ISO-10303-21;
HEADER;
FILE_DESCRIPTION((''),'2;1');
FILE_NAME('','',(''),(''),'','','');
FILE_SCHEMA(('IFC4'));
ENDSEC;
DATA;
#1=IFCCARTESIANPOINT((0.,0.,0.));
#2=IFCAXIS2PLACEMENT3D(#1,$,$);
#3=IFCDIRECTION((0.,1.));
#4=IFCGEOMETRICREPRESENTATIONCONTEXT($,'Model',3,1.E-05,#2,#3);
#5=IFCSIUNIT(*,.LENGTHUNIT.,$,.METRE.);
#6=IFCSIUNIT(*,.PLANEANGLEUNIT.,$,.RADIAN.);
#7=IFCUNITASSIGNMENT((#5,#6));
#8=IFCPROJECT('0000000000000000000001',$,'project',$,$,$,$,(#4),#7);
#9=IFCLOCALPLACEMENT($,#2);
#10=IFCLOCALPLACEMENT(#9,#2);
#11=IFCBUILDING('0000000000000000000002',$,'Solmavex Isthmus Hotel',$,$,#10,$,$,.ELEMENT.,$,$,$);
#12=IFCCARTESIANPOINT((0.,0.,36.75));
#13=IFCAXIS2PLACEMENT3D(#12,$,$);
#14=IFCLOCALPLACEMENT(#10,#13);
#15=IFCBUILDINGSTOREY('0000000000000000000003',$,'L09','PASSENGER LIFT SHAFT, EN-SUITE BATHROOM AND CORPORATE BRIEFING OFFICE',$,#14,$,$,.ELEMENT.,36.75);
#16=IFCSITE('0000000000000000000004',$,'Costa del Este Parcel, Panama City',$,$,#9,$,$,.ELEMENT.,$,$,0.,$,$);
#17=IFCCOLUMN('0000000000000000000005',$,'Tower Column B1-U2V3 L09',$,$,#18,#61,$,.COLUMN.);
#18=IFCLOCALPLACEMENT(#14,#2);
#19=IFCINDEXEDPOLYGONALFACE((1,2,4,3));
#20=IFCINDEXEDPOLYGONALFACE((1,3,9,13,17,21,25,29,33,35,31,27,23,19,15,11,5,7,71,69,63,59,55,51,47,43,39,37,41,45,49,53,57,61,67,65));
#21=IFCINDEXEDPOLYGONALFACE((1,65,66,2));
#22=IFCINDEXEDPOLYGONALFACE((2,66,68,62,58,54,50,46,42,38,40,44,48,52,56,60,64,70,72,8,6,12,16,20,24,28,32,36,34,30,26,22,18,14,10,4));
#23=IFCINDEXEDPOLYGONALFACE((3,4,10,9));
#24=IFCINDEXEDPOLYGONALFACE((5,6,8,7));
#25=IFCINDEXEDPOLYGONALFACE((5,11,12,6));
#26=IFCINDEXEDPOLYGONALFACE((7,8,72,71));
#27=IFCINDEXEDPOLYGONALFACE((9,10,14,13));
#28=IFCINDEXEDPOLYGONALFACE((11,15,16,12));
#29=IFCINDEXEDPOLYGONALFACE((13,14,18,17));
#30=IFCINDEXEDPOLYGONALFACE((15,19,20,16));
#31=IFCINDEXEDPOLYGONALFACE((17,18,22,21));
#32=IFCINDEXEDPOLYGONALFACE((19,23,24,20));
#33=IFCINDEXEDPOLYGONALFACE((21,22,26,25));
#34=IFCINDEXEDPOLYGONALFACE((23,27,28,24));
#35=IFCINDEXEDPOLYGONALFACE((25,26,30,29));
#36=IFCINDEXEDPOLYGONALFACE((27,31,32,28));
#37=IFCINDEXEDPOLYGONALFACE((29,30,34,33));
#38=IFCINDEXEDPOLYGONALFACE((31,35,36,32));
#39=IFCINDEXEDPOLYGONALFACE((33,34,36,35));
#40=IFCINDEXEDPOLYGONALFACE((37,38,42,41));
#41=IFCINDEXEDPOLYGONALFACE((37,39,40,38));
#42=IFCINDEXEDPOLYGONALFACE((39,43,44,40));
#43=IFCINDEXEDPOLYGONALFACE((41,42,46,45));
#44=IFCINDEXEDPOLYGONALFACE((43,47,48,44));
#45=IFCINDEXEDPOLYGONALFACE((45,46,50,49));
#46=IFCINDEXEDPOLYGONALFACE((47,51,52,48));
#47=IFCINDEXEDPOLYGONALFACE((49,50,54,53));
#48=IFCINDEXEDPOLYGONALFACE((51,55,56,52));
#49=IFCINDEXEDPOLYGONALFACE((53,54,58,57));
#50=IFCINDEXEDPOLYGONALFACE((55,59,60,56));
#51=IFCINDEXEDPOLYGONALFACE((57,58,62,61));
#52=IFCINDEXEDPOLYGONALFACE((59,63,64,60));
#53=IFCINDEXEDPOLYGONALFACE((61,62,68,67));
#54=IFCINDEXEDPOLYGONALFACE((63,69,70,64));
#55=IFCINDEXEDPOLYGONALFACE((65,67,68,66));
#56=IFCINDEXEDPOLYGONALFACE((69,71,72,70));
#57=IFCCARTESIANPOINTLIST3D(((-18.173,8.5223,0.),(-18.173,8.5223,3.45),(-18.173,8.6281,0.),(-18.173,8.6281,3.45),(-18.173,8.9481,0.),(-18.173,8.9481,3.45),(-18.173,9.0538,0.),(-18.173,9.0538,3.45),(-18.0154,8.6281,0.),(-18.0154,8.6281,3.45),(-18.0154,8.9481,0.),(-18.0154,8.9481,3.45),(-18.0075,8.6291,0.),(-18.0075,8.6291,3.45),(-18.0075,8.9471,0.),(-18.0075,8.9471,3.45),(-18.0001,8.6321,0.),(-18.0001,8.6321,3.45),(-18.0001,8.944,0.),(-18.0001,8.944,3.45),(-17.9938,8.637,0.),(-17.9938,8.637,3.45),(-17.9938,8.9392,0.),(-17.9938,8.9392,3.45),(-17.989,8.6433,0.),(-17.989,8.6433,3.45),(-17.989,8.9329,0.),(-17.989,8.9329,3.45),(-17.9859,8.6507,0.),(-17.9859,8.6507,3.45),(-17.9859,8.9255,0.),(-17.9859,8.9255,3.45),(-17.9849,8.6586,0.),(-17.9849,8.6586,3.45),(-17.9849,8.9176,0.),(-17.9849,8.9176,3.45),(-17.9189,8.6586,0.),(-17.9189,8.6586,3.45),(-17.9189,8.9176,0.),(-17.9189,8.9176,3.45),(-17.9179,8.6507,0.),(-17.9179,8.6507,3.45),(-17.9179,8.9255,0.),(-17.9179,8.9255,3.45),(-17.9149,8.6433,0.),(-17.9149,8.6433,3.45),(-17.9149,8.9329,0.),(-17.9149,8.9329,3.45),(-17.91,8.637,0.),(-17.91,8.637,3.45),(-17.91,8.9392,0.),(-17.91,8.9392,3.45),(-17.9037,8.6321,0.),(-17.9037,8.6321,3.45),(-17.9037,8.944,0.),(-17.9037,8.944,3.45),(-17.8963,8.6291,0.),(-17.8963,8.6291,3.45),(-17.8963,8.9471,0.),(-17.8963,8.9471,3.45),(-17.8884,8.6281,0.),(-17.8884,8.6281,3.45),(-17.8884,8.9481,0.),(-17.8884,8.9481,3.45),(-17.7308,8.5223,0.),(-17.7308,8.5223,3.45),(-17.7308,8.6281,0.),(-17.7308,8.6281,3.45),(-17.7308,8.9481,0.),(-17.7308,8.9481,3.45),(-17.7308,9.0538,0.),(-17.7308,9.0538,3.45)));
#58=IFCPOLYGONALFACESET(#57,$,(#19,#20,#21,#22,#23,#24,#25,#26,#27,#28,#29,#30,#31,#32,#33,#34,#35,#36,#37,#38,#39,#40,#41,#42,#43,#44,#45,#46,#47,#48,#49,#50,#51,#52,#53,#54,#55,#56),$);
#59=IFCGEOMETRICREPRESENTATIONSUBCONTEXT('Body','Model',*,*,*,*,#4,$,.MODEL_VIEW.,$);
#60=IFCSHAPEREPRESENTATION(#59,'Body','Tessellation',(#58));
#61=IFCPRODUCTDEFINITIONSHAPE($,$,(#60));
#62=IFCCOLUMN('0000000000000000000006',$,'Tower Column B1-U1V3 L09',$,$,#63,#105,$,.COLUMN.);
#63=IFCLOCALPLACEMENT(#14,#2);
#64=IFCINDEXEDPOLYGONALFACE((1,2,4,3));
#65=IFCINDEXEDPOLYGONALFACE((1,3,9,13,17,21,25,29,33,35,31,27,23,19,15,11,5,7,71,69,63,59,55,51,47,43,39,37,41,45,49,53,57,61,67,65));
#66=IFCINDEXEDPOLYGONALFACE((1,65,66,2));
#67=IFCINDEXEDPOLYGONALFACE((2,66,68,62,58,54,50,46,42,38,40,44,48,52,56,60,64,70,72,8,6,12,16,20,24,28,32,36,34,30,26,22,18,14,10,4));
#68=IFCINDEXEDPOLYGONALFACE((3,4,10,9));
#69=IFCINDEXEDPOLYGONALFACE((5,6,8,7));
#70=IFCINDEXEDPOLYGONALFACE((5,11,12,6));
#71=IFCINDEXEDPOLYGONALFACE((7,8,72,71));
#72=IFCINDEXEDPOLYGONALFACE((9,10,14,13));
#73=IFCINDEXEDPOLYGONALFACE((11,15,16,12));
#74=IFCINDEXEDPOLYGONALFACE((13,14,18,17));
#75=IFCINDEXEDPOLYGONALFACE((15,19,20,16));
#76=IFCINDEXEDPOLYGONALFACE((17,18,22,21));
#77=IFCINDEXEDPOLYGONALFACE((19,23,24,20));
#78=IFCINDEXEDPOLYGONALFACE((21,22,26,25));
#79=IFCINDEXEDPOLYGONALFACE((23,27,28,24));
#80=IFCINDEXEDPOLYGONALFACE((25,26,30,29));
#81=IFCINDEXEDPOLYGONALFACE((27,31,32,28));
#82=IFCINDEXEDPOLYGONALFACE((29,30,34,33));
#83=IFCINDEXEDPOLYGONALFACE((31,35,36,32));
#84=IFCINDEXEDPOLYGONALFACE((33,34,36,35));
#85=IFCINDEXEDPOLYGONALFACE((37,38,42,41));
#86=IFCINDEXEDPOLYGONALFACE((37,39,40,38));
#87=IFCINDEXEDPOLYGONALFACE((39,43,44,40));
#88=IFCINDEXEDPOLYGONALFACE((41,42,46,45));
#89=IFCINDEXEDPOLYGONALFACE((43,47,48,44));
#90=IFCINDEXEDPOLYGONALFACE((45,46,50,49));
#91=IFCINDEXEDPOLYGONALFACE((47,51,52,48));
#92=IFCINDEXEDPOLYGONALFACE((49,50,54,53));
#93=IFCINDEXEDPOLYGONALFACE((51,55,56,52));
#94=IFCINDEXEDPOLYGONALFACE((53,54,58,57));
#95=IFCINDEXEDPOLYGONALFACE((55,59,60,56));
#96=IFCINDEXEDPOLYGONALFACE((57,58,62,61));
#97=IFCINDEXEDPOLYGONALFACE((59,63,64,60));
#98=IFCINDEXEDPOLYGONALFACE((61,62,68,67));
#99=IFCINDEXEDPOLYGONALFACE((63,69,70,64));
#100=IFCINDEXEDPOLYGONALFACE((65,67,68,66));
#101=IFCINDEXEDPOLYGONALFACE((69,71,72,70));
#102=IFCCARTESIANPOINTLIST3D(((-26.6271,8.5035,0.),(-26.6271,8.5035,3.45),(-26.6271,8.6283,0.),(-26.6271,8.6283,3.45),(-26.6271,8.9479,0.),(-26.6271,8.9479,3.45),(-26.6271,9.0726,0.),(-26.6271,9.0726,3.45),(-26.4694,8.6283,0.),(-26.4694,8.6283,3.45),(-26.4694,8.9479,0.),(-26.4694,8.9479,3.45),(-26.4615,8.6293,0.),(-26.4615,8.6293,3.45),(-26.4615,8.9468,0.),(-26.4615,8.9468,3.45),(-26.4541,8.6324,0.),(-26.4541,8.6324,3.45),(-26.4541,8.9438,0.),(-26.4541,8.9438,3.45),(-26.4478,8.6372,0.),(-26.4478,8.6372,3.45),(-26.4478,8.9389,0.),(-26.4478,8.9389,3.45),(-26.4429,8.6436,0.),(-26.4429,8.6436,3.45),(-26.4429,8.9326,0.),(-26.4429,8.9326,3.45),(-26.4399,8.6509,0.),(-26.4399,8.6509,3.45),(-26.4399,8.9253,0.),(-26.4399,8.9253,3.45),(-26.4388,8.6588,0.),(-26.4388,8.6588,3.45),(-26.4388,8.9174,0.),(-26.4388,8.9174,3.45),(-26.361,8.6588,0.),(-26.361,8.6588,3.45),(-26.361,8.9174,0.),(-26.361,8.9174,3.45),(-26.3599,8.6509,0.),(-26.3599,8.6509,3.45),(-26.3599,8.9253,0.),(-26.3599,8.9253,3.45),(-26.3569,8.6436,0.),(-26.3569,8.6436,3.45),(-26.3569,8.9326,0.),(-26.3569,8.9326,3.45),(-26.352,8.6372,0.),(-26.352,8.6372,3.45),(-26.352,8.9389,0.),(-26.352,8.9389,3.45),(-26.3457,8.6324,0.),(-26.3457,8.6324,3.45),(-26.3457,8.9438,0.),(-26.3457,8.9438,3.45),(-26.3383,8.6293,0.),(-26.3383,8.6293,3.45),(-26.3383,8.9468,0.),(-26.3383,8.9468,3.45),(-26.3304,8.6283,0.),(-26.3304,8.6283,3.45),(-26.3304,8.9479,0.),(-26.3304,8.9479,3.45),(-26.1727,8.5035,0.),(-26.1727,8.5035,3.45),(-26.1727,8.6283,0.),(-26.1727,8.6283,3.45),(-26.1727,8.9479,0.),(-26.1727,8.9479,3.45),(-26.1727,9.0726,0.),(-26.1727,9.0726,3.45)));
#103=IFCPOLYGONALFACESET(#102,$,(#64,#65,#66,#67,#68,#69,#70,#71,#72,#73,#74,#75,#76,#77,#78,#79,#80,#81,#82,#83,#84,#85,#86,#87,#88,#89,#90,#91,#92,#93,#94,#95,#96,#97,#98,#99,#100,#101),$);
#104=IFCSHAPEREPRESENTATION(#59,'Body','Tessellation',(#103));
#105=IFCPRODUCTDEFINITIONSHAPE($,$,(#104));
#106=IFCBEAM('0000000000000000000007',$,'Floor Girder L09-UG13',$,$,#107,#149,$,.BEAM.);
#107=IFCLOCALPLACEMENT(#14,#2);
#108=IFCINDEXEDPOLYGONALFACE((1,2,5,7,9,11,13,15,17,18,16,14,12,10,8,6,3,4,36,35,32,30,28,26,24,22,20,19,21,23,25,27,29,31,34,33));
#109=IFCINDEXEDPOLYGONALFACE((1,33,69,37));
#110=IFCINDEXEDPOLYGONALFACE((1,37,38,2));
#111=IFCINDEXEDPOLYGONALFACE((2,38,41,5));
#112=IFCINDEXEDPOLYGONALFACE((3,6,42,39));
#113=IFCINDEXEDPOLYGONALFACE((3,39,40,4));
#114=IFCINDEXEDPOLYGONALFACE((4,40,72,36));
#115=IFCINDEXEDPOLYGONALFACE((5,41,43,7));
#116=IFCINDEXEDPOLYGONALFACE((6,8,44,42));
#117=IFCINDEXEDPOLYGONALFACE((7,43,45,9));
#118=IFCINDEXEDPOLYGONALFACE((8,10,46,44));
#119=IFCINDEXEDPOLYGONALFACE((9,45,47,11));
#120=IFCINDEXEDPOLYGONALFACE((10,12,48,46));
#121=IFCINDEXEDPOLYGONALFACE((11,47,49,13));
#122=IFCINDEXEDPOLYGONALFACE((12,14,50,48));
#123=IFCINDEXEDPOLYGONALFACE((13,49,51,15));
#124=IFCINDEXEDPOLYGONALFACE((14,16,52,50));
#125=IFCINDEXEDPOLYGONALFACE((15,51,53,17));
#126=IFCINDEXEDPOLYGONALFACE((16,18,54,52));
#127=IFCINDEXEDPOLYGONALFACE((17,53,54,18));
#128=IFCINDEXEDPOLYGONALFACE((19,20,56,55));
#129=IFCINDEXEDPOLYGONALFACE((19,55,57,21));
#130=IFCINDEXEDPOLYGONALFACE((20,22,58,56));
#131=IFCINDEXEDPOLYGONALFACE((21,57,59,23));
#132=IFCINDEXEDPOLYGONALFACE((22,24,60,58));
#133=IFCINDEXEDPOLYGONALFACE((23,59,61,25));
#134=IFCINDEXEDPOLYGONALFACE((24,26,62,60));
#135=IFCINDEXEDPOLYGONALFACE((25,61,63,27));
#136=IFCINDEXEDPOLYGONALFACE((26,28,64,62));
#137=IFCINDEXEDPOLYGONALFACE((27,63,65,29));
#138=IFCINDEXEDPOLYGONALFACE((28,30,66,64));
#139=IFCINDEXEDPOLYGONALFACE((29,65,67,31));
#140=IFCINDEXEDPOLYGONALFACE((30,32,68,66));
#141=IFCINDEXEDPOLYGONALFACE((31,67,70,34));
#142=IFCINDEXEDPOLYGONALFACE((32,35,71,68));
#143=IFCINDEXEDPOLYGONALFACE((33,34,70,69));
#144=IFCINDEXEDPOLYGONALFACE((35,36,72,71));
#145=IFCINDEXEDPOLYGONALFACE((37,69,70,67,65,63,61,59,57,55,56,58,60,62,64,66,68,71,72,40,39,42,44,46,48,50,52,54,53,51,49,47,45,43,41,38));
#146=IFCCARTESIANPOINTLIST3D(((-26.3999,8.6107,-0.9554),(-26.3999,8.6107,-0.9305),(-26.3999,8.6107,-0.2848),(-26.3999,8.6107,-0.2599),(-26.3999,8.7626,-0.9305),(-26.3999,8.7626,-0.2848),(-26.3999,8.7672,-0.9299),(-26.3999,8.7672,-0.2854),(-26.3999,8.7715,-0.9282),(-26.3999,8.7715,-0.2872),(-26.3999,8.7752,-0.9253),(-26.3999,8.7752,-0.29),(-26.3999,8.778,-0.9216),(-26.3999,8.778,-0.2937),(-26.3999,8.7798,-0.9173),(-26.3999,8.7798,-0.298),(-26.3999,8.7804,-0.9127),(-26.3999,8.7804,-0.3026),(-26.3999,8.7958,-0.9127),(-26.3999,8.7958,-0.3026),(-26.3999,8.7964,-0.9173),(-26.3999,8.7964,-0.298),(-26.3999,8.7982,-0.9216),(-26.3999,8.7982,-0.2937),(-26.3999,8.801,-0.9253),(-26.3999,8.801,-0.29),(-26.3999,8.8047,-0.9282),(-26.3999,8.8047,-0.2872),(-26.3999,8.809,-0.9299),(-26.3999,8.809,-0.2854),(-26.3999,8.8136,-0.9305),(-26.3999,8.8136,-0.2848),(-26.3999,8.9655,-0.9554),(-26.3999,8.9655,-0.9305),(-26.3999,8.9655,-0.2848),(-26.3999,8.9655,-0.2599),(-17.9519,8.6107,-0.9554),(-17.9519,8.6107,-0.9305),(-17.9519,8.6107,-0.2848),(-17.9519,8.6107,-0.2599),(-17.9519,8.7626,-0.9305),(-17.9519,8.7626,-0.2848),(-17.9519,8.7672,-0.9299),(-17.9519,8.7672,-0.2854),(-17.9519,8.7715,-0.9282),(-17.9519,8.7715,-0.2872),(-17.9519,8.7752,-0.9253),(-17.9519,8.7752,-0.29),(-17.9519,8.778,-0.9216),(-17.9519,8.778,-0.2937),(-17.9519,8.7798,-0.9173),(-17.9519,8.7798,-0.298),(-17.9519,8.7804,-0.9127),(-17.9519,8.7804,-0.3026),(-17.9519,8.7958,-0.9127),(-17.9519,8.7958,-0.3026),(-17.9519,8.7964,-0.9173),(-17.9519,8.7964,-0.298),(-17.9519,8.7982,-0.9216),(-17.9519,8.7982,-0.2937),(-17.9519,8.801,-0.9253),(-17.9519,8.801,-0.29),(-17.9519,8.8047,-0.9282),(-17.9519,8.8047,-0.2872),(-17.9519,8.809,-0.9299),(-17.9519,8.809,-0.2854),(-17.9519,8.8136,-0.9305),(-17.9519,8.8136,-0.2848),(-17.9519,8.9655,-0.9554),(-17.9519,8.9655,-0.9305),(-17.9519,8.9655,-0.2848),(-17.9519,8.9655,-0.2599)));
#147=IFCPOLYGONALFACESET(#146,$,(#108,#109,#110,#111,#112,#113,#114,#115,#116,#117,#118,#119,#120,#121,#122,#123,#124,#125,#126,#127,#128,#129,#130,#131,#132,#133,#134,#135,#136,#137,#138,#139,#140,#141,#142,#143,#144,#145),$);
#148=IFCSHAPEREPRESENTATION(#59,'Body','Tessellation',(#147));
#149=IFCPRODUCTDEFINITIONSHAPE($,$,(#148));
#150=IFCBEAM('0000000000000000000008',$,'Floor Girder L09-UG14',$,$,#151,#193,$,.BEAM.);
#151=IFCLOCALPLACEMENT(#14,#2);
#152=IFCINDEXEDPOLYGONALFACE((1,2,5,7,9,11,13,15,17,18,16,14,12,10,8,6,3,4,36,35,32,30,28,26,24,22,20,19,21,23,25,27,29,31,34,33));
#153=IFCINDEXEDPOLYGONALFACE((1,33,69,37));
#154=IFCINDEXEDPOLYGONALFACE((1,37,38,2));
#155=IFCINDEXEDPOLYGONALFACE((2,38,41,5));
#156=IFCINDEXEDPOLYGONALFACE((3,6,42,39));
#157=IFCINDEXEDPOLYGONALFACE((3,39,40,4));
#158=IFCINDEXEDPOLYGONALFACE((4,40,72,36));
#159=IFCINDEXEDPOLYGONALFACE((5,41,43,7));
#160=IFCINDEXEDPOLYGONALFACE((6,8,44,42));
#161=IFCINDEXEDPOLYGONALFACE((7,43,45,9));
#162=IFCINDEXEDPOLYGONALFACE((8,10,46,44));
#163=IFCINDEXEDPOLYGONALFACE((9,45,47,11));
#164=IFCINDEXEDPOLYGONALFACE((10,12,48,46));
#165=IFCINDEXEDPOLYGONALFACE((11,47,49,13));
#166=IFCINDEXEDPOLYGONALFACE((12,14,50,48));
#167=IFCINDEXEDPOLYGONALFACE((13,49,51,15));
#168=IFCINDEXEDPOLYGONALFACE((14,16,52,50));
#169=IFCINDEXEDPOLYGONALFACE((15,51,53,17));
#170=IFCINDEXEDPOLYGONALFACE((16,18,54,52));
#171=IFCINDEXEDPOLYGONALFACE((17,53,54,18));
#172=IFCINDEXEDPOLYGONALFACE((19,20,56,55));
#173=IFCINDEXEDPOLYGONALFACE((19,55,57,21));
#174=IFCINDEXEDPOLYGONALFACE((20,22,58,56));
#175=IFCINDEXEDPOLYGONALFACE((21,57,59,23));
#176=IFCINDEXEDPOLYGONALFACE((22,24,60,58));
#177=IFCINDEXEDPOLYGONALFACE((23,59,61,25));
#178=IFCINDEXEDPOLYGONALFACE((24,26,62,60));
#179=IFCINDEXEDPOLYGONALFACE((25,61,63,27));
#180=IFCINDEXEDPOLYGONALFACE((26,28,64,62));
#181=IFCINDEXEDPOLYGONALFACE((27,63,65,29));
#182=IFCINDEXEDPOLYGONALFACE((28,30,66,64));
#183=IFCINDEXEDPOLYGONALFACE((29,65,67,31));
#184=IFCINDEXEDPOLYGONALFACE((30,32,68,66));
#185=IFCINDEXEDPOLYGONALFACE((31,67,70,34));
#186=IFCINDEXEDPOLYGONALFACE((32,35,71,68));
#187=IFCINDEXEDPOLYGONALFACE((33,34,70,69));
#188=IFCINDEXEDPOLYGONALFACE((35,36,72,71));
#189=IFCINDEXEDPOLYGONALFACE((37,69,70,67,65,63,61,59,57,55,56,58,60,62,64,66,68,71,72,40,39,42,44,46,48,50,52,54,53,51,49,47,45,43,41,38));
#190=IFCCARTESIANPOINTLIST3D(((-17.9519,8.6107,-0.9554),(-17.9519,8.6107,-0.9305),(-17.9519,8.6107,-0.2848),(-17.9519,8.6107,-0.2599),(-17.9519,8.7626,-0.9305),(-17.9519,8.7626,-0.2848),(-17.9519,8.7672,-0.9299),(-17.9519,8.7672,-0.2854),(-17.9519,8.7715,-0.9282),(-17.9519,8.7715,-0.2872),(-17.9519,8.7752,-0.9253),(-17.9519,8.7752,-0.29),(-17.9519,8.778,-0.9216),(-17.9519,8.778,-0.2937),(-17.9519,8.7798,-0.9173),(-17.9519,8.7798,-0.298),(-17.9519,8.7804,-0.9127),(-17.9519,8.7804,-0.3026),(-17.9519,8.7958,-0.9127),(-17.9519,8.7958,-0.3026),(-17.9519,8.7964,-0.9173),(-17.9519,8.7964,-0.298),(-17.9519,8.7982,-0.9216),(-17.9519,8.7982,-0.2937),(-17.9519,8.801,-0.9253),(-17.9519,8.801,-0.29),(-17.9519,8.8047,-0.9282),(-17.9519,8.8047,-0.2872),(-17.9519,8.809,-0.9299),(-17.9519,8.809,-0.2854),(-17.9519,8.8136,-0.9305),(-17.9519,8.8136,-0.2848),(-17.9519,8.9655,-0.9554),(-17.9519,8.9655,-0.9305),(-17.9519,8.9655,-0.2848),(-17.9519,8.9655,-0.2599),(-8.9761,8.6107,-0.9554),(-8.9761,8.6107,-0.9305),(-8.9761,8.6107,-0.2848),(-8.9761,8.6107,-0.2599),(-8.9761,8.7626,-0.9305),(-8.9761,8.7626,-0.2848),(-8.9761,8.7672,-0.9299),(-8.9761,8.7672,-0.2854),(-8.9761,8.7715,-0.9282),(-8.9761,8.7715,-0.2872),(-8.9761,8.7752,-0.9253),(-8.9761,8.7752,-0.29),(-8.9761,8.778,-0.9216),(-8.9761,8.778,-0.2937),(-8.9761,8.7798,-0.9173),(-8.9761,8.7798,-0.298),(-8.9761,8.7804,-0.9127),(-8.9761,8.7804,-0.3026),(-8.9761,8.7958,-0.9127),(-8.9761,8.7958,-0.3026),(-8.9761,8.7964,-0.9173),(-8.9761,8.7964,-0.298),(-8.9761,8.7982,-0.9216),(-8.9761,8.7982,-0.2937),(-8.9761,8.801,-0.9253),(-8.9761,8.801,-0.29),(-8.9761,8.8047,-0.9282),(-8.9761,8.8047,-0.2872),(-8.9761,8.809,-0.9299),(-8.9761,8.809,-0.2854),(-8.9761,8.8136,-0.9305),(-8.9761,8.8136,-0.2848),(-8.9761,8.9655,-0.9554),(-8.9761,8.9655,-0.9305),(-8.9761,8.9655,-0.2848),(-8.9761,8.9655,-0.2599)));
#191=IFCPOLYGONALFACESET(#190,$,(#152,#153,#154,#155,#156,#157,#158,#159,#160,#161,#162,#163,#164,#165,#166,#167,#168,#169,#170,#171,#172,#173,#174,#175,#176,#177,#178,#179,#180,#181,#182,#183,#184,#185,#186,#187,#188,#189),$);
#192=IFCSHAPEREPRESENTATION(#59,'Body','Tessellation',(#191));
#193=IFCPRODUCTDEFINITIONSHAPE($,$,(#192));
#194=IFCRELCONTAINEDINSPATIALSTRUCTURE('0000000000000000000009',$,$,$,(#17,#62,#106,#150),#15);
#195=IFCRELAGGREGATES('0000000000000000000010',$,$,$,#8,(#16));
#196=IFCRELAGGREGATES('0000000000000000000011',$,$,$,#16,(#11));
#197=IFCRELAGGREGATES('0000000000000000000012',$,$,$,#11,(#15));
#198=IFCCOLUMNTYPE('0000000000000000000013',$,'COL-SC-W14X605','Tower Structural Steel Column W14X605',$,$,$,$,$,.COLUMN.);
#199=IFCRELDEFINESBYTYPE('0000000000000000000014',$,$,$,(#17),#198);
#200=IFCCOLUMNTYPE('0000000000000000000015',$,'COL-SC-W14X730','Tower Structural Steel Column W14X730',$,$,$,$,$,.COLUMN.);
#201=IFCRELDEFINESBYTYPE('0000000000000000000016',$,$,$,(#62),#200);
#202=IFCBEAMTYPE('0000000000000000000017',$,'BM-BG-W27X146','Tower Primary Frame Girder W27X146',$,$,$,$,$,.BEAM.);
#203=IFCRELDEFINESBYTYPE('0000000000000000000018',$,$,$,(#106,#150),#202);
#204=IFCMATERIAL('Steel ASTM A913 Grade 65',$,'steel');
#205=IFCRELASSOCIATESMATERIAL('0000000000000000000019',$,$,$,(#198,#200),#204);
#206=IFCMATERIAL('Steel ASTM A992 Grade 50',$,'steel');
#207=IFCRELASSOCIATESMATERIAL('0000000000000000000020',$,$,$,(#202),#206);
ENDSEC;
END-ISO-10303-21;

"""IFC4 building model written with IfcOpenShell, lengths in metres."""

from ifc_helpers import new_model, si_unit, direction, frame, origin, origin_2d, place, context, subcontext, project, spatial, i_section, extrude, material, material_profile, profile_set, type_object, element, save


model = new_model("IFC4")

# Units and contexts
model_context = context("Model", 3, precision=1e-05, world=origin(), true_north=direction((0.0, 1.0)))
body_context = subcontext(model_context, "Body", "Model", "MODEL_VIEW")
ifc_project = project(units=[si_unit("LENGTHUNIT", "METRE"), si_unit("PLANEANGLEUNIT", "RADIAN")], contexts=[model_context])

# Site, building, storey
site_placement = place(None, origin())
site = spatial("IfcSite", under=ifc_project, at=site_placement, Name="Costa del Este Parcel, Panama City", CompositionType="ELEMENT", RefElevation=0.0)
building_placement = place(site_placement, origin())
building = spatial("IfcBuilding", under=site, at=building_placement, Name="Solmavex Isthmus Hotel", CompositionType="ELEMENT")
storey_placement = place(building_placement, frame((0.0, 0.0, 36.75)))
storey = spatial("IfcBuildingStorey", under=building, at=storey_placement, Name="L09", Description="PASSENGER LIFT SHAFT, EN-SUITE BATHROOM AND CORPORATE BRIEFING OFFICE", CompositionType="ELEMENT", Elevation=36.75)

# Columns
ifc_material_1 = material(Name="Steel ASTM A913 Grade 65", Category="steel")
ifc_material_profile_1 = material_profile(ifc_material_1, i_section(OverallWidth=0.4421, OverallDepth=0.5315, WebThickness=0.0659, FlangeThickness=0.1057, FilletRadius=0.0305, at=origin_2d()), Name="W14X605")
ifc_profile_set_1 = profile_set([ifc_material_profile_1], Name="Steel ASTM A913 Grade 65")
column_type_1 = type_object("IfcColumnType", Name="COL-SC-W14X605", Description="Tower Structural Steel Column W14X605", PredefinedType="COLUMN", material=ifc_profile_set_1)
column_1_placement = place(storey_placement, frame((-17.9519, 8.7881, 0.0), z_axis=(0.0, 0.0, 1.0), x_axis=(1.0, 0.0, 0.0)))
element("IfcColumn", 1, at=column_1_placement, inside=storey, type_object=column_type_1, Name="Tower Column B1-U2V3 L09", PredefinedType="COLUMN", context=body_context, shape_type="SweptSolid", body=[
    extrude(i_section(OverallWidth=0.4421, OverallDepth=0.5315, WebThickness=0.0659, FlangeThickness=0.1057, FilletRadius=0.0305, at=origin_2d()), origin(), (0.0, 0.0, 1.0), 3.45),
])
ifc_material_profile_2 = material_profile(ifc_material_1, i_section(OverallWidth=0.4543, OverallDepth=0.5691, WebThickness=0.0779, FlangeThickness=0.1248, FilletRadius=0.0305, at=origin_2d()), Name="W14X730")
ifc_profile_set_2 = profile_set([ifc_material_profile_2], Name="Steel ASTM A913 Grade 65")
column_type_2 = type_object("IfcColumnType", Name="COL-SC-W14X730", Description="Tower Structural Steel Column W14X730", PredefinedType="COLUMN", material=ifc_profile_set_2)
column_2_placement = place(storey_placement, frame((-26.3999, 8.7881, 0.0), z_axis=(0.0, 0.0, 1.0), x_axis=(1.0, 0.0, 0.0)))
element("IfcColumn", 2, at=column_2_placement, inside=storey, type_object=column_type_2, Name="Tower Column B1-U1V3 L09", PredefinedType="COLUMN", context=body_context, shape_type="SweptSolid", body=[
    extrude(i_section(OverallWidth=0.4543, OverallDepth=0.5691, WebThickness=0.0779, FlangeThickness=0.1248, FilletRadius=0.0305, at=origin_2d()), origin(), (0.0, 0.0, 1.0), 3.45),
])

# Beams
ifc_material_2 = material(Name="Steel ASTM A992 Grade 50", Category="steel")
ifc_material_profile_3 = material_profile(ifc_material_2, i_section(OverallWidth=0.3547, OverallDepth=0.6956, WebThickness=0.0154, FlangeThickness=0.0249, FilletRadius=0.0178, at=origin_2d()), Name="W27X146")
ifc_profile_set_3 = profile_set([ifc_material_profile_3], Name="Steel ASTM A992 Grade 50")
beam_type_1 = type_object("IfcBeamType", Name="BM-BG-W27X146", Description="Tower Primary Frame Girder W27X146", PredefinedType="BEAM", material=ifc_profile_set_3)
beam_1_placement = place(storey_placement, frame((-26.3999, 8.7881, -0.6077), z_axis=(1.0, 0.0, 0.0), x_axis=(0.0, 1.0, 0.0)))
element("IfcBeam", 3, at=beam_1_placement, inside=storey, type_object=beam_type_1, Name="Floor Girder L09-UG13", PredefinedType="BEAM", context=body_context, shape_type="SweptSolid", body=[
    extrude(i_section(OverallWidth=0.3547, OverallDepth=0.6956, WebThickness=0.0154, FlangeThickness=0.0249, FilletRadius=0.0178, at=origin_2d()), origin(), (0.0, 0.0, 1.0), 8.448),
])
beam_2_placement = place(storey_placement, frame((-17.9519, 8.7881, -0.6077), z_axis=(1.0, 0.0, 0.0), x_axis=(0.0, 1.0, 0.0)))
element("IfcBeam", 4, at=beam_2_placement, inside=storey, type_object=beam_type_1, Name="Floor Girder L09-UG14", PredefinedType="BEAM", context=body_context, shape_type="SweptSolid", body=[
    extrude(i_section(OverallWidth=0.3547, OverallDepth=0.6956, WebThickness=0.0154, FlangeThickness=0.0249, FilletRadius=0.0178, at=origin_2d()), origin(), (0.0, 0.0, 1.0), 8.9758),
])

save(model, "model.ifc")
